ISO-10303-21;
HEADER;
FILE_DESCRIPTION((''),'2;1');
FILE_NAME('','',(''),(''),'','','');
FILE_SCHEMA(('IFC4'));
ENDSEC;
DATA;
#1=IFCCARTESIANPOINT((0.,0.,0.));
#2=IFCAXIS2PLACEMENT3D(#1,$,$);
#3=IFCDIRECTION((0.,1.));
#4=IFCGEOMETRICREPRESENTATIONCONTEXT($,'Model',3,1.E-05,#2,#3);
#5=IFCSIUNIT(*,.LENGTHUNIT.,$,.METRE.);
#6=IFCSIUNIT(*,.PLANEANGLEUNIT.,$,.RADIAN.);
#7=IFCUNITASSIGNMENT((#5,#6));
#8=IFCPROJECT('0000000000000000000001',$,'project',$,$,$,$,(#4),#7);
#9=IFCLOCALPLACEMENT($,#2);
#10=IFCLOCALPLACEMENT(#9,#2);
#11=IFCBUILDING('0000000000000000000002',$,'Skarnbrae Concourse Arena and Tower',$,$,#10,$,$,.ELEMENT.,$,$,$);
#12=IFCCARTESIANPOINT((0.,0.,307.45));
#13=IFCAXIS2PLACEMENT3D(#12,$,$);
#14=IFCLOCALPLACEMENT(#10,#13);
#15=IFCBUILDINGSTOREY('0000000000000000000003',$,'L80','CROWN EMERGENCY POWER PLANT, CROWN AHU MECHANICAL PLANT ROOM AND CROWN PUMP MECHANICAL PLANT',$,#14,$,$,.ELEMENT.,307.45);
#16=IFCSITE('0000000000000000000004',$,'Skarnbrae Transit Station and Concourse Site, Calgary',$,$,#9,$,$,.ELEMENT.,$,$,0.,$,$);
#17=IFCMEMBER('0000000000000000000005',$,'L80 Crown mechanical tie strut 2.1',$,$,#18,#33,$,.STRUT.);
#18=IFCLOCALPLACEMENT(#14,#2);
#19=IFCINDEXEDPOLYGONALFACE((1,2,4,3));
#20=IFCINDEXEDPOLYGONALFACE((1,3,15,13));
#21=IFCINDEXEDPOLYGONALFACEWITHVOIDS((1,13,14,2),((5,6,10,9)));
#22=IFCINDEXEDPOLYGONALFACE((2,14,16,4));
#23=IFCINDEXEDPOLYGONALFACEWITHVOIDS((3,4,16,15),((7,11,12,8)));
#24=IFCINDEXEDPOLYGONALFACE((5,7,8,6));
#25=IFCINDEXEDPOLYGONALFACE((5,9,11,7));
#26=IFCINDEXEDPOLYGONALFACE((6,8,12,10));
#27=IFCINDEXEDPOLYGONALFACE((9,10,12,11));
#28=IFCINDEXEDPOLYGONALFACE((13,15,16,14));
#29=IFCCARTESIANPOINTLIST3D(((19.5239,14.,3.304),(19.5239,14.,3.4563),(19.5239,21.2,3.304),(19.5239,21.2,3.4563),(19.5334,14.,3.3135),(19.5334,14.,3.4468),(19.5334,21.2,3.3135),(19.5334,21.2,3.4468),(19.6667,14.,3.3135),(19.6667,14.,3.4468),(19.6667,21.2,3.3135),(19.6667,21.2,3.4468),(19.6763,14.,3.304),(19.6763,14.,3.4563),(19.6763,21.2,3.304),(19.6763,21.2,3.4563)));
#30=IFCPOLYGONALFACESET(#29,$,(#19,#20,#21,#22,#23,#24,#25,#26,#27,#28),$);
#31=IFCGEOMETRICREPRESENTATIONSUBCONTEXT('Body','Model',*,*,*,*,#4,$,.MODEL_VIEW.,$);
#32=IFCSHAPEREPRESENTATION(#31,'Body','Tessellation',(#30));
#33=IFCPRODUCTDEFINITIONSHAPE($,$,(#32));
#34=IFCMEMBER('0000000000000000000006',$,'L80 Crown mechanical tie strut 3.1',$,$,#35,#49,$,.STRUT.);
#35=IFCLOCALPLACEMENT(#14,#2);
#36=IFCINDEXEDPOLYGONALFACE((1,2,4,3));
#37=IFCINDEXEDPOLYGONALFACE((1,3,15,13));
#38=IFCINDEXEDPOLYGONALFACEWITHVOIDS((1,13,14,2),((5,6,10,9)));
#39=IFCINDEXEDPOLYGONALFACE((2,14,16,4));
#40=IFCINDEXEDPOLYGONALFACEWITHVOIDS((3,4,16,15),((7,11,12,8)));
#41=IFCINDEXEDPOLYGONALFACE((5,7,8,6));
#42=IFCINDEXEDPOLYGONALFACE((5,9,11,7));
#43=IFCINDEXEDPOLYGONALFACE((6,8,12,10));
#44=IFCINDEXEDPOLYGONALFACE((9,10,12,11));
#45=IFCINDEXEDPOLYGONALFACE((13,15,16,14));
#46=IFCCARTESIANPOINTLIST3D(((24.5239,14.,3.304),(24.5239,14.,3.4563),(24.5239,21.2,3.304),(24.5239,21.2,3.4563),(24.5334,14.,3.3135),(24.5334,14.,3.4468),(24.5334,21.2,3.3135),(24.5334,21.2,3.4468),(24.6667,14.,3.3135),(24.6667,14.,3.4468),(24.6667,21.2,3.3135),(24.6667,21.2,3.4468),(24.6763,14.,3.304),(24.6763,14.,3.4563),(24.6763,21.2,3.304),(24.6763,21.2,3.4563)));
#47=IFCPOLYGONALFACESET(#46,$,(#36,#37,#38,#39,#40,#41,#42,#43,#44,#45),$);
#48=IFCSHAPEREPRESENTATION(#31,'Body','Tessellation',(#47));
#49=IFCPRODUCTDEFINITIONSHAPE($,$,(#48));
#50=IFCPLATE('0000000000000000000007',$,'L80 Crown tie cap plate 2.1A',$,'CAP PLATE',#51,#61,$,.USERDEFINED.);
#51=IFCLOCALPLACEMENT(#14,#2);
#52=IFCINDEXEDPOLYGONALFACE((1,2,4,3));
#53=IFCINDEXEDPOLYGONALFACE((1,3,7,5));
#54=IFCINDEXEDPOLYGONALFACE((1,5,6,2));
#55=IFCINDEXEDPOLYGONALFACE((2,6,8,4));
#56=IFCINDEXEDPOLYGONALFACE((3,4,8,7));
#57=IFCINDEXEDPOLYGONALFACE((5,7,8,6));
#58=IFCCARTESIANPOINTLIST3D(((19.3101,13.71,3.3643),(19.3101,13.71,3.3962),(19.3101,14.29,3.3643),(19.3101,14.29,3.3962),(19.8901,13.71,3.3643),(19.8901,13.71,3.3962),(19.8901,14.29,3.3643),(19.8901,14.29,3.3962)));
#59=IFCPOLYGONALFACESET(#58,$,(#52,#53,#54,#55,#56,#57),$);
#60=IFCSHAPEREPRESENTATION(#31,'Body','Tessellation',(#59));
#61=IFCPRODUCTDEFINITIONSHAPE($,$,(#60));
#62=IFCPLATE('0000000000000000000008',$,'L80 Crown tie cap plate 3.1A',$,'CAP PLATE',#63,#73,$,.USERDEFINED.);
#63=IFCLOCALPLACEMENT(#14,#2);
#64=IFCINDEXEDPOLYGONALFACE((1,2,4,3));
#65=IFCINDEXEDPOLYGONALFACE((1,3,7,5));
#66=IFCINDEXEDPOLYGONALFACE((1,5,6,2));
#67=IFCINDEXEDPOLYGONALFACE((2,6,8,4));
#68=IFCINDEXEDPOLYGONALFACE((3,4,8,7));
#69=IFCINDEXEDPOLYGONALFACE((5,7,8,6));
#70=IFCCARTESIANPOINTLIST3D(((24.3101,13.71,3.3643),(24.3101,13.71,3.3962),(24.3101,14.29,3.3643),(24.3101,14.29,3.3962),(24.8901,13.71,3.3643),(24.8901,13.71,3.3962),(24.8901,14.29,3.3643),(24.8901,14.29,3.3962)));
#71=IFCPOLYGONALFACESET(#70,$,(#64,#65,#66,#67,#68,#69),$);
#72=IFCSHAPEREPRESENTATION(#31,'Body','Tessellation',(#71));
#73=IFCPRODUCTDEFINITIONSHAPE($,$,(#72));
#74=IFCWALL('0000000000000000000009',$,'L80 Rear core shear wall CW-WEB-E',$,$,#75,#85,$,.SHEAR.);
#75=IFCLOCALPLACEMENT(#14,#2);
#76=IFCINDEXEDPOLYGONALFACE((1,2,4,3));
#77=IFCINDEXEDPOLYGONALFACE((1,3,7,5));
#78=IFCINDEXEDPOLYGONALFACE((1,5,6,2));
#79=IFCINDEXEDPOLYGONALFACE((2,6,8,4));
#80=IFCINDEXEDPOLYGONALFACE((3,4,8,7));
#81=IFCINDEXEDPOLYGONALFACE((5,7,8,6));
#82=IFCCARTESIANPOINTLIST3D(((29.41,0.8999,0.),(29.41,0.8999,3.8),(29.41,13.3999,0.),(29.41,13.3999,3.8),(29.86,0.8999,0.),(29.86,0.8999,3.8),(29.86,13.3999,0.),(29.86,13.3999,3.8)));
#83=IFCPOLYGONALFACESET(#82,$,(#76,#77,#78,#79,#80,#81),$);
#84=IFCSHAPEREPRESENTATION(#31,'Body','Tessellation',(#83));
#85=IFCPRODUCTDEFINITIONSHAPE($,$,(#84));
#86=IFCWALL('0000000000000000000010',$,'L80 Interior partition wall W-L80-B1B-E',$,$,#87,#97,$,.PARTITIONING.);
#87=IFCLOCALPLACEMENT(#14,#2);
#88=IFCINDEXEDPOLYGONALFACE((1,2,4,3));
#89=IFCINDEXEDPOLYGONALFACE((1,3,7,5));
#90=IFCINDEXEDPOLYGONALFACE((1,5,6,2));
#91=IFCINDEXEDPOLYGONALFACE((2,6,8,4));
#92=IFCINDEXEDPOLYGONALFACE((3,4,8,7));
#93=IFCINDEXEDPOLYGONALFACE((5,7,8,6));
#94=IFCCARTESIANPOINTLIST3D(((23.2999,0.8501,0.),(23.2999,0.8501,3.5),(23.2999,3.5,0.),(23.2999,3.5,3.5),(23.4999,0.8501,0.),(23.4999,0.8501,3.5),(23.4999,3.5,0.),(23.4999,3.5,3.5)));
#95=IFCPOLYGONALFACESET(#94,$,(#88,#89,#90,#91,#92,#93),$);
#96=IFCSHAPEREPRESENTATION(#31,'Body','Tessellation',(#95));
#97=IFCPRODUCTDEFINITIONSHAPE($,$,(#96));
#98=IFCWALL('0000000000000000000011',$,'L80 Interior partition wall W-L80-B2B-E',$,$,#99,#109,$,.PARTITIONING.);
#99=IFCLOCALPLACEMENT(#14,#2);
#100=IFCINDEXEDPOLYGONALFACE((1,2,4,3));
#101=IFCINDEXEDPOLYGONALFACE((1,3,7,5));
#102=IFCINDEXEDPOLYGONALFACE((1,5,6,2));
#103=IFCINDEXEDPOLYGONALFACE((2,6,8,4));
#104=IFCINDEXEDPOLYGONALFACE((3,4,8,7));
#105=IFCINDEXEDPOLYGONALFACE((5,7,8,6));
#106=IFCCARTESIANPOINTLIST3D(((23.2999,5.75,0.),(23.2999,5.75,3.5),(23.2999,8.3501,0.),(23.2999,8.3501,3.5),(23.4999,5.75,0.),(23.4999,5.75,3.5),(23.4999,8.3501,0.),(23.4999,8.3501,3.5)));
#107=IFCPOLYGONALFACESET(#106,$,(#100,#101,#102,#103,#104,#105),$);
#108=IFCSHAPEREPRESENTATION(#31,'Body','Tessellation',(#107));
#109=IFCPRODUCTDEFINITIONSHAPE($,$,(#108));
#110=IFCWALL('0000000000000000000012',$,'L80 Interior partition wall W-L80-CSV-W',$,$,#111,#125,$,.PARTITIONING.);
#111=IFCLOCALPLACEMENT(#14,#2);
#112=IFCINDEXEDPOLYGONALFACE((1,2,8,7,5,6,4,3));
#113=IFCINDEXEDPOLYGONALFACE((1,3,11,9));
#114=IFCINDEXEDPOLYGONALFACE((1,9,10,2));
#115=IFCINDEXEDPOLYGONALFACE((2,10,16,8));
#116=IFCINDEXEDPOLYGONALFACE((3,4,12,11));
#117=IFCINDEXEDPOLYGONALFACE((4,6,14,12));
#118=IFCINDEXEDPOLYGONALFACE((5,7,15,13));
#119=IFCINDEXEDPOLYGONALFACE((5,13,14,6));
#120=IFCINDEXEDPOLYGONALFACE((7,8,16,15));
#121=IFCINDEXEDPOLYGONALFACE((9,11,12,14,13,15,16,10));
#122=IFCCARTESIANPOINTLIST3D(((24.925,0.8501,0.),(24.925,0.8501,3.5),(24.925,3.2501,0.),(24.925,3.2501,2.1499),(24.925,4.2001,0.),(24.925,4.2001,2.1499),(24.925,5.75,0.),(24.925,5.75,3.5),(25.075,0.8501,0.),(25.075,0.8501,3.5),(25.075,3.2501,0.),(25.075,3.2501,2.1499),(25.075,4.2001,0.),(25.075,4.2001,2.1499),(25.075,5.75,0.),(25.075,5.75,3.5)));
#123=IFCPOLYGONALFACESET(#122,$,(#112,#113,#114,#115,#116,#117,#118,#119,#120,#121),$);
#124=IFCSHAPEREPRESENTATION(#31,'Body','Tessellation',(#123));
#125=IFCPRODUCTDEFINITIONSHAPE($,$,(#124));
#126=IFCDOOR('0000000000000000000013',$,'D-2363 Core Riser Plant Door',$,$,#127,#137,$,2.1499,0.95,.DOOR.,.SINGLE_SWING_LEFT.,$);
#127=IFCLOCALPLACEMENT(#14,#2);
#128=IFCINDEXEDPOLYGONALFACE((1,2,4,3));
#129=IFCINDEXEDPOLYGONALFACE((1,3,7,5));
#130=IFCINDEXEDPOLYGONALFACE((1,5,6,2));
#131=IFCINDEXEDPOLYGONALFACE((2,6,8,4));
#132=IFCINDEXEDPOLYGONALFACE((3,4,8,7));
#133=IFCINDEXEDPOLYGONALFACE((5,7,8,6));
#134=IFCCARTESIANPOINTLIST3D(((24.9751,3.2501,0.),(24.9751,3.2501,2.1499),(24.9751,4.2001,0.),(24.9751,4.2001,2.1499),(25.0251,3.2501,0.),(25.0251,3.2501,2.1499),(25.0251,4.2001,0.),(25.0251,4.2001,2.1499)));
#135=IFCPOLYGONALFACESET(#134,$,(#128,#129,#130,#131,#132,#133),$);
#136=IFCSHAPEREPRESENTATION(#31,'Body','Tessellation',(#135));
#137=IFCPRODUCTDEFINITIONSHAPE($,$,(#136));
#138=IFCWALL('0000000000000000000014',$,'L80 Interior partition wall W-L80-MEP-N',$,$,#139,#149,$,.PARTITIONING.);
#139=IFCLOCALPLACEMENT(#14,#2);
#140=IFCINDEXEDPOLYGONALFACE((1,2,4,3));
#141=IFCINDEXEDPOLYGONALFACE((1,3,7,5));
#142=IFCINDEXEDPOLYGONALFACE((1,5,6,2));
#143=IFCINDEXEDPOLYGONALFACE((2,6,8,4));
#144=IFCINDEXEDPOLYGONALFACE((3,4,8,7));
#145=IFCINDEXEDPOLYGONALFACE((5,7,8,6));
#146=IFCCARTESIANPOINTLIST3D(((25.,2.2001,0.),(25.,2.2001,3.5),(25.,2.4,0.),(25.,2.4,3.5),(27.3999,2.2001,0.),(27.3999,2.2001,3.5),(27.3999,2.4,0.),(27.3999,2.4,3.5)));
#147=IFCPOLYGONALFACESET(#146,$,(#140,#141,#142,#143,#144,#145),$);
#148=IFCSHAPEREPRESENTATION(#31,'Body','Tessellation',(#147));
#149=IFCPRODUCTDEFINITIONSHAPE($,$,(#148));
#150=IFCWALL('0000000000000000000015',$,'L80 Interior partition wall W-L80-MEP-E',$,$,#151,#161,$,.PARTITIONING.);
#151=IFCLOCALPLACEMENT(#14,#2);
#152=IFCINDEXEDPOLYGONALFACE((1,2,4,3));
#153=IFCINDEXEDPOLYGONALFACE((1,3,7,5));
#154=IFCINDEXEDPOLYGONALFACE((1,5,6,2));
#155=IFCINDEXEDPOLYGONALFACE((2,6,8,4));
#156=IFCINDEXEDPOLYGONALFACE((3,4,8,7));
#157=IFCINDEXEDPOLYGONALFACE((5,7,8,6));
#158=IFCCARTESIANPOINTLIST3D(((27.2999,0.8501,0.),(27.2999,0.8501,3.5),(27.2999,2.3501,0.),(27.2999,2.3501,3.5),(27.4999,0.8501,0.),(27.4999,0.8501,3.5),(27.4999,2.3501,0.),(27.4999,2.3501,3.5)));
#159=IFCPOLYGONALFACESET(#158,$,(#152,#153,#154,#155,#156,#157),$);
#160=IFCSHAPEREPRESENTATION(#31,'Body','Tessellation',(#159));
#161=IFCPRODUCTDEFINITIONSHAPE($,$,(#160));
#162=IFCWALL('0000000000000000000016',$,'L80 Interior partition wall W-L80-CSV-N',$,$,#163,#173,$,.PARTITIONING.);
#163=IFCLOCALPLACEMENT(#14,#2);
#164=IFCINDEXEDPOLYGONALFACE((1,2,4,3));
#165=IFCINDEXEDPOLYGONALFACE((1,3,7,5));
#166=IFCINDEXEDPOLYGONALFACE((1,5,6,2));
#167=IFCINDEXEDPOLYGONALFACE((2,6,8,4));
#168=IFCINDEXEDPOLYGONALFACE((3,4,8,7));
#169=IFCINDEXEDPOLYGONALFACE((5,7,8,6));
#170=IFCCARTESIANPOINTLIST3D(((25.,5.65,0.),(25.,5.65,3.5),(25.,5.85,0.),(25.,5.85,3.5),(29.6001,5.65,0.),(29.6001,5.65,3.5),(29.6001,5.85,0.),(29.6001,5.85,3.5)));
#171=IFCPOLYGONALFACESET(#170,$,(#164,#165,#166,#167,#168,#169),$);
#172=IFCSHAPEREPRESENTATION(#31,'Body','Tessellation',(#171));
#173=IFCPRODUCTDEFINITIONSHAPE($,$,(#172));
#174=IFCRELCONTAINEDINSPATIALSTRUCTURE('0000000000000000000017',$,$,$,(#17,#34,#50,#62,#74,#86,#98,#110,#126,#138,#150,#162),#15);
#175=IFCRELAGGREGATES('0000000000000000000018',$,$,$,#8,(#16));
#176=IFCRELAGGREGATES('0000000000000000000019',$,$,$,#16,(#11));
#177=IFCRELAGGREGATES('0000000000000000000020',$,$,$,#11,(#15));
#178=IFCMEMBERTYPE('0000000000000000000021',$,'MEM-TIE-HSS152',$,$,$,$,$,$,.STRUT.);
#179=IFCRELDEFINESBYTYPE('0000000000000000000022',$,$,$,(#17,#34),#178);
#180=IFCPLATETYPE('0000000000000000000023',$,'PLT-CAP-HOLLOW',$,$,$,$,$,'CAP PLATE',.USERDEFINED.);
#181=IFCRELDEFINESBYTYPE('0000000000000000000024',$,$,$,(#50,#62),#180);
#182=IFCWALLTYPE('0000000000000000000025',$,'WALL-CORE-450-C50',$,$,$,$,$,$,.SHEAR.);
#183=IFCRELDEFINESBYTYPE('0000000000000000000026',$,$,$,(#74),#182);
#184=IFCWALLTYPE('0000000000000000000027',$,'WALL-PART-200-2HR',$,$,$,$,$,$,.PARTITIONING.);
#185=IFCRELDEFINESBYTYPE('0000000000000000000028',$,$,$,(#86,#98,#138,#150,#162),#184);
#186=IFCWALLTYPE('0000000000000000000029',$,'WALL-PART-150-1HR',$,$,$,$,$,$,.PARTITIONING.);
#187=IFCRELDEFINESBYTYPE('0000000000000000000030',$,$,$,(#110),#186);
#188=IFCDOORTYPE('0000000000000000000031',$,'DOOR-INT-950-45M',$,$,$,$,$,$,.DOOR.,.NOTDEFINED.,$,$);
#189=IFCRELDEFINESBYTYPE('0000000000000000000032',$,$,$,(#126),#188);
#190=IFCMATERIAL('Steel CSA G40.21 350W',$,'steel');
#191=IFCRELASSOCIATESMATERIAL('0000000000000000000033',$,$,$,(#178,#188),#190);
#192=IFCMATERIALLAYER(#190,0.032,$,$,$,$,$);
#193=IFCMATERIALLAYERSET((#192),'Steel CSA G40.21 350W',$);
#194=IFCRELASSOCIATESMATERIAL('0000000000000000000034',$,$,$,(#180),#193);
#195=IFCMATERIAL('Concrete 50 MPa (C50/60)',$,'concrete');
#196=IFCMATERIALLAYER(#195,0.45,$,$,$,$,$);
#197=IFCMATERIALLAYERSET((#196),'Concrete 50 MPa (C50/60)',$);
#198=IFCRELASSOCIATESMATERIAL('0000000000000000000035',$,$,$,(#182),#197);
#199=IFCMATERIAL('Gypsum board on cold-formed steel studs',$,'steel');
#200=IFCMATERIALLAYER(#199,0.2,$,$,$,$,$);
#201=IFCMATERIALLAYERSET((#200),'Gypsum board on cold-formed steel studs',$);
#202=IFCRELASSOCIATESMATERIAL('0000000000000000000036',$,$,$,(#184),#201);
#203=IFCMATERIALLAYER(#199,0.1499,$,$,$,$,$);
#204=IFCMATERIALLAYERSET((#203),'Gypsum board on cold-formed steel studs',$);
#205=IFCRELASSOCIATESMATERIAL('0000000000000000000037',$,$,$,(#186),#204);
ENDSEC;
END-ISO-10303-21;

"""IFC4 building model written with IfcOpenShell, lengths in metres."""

from ifc_helpers import new_model, si_unit, direction, frame, frame_2d, origin, origin_2d, place, context, subcontext, project, spatial, rectangle, hollow_rectangle, extrude, source, transform, mapped, material, layer, layer_set, material_profile, profile_set, type_object, element, fill, save


model = new_model("IFC4")

# Units and contexts
model_context = context("Model", 3, precision=1e-05, world=origin(), true_north=direction((0.0, 1.0)))
body_context = subcontext(model_context, "Body", "Model", "MODEL_VIEW")
ifc_project = project(units=[si_unit("LENGTHUNIT", "METRE"), si_unit("PLANEANGLEUNIT", "RADIAN")], contexts=[model_context])

# Site, building, storey
site_placement = place(None, origin())
site = spatial("IfcSite", under=ifc_project, at=site_placement, Name="Skarnbrae Transit Station and Concourse Site, Calgary", CompositionType="ELEMENT", RefElevation=0.0)
building_placement = place(site_placement, origin())
building = spatial("IfcBuilding", under=site, at=building_placement, Name="Skarnbrae Concourse Arena and Tower", CompositionType="ELEMENT")
storey_placement = place(building_placement, frame((0.0, 0.0, 307.45)))
storey = spatial("IfcBuildingStorey", under=building, at=storey_placement, Name="L80", Description="CROWN EMERGENCY POWER PLANT, CROWN AHU MECHANICAL PLANT ROOM AND CROWN PUMP MECHANICAL PLANT", CompositionType="ELEMENT", Elevation=307.45)

# Shared definitions
ifc_material_1 = material(Name="Steel CSA G40.21 350W", Category="steel")

# Members
ifc_material_profile_1 = material_profile(ifc_material_1, hollow_rectangle(XDim=0.1523, YDim=0.1523, WallThickness=0.0095, at=origin_2d()), Name="HSS152X152X9.5")
ifc_profile_set_1 = profile_set([ifc_material_profile_1], Name="Steel CSA G40.21 350W")
member_type = type_object("IfcMemberType", Name="MEM-TIE-HSS152", PredefinedType="STRUT", material=ifc_profile_set_1)
shared_shape_1 = source(origin(), body_context, "Body", "SweptSolid", [
    extrude(hollow_rectangle(XDim=0.1523, YDim=0.1523, WallThickness=0.0095, at=origin_2d()), origin(), (0.0, 0.0, 1.0), 7.2),
])
for number, where, z_axis, x_axis, name in (
    (1, (19.6001, 14.0, 3.3801), (0.0, 1.0, 0.0), (-1.0, 0.0, 0.0), "L80 Crown mechanical tie strut 2.1"),
    (2, (24.6001, 14.0, 3.3801), (0.0, 1.0, 0.0), (-1.0, 0.0, 0.0), "L80 Crown mechanical tie strut 3.1"),
):
    element("IfcMember", number, at=place(storey_placement, frame(where, z_axis=z_axis, x_axis=x_axis)), inside=storey, type_object=member_type, Name=name, PredefinedType="STRUT", context=body_context, shape_type="MappedRepresentation", body=[
        mapped(shared_shape_1, transform((0.0, 0.0, 0.0))),
    ])

# Plates
ifc_layer_1 = layer(ifc_material_1, 0.032)
ifc_layer_set_1 = layer_set([ifc_layer_1], Name="Steel CSA G40.21 350W")
plate_type = type_object("IfcPlateType", Name="PLT-CAP-HOLLOW", ElementType="CAP PLATE", PredefinedType="USERDEFINED", material=ifc_layer_set_1)
shared_shape_2 = source(origin(), body_context, "Body", "SweptSolid", [
    extrude(rectangle(XDim=0.5801, YDim=0.5801, at=origin_2d()), origin(), (0.0, 0.0, 1.0), 0.032),
])
for number, where, z_axis, x_axis, name in (
    (3, (19.6001, 14.0, 3.3643), (0.0, 0.0, 1.0), (1.0, 0.0, 0.0), "L80 Crown tie cap plate 2.1A"),
    (4, (24.6001, 14.0, 3.3643), (0.0, 0.0, 1.0), (1.0, 0.0, 0.0), "L80 Crown tie cap plate 3.1A"),
):
    element("IfcPlate", number, at=place(storey_placement, frame(where, z_axis=z_axis, x_axis=x_axis)), inside=storey, type_object=plate_type, Name=name, ObjectType="CAP PLATE", PredefinedType="USERDEFINED", context=body_context, shape_type="MappedRepresentation", body=[
        mapped(shared_shape_2, transform((0.0, 0.0, 0.0))),
    ])

# Shared definitions
ifc_material_2 = material(Name="Concrete 50 MPa (C50/60)", Category="concrete")

# Wall
ifc_layer_2 = layer(ifc_material_2, 0.45)
ifc_layer_set_2 = layer_set([ifc_layer_2], Name="Concrete 50 MPa (C50/60)")
wall_type_1 = type_object("IfcWallType", Name="WALL-CORE-450-C50", PredefinedType="SHEAR", material=ifc_layer_set_2)
shared_shape_3 = source(origin(), body_context, "Body", "SweptSolid", [
    extrude(rectangle(XDim=12.5, YDim=0.45, at=frame_2d((6.25, 0.0))), origin(), (0.0, 0.0, 1.0), 3.8),
])
wall_1_placement = place(storey_placement, frame((29.635, 0.8999, 0.0), z_axis=(0.0, 0.0, 1.0), x_axis=(0.0, 1.0, 0.0)))
element("IfcWall", 5, at=wall_1_placement, inside=storey, type_object=wall_type_1, Name="L80 Rear core shear wall CW-WEB-E", PredefinedType="SHEAR", context=body_context, shape_type="MappedRepresentation", body=[
    mapped(shared_shape_3, transform((0.0, 0.0, 0.0))),
])

# Walls
ifc_material_3 = material(Name="Gypsum board on cold-formed steel studs", Category="steel")
ifc_layer_3 = layer(ifc_material_3, 0.2)
ifc_layer_set_3 = layer_set([ifc_layer_3], Name="Gypsum board on cold-formed steel studs")
wall_type_2 = type_object("IfcWallType", Name="WALL-PART-200-2HR", PredefinedType="PARTITIONING", material=ifc_layer_set_3)
shared_shape_4 = source(origin(), body_context, "Body", "SweptSolid", [
    extrude(rectangle(XDim=2.6499, YDim=0.2, at=frame_2d((1.325, 0.0))), origin(), (0.0, 0.0, 1.0), 3.5),
])
wall_2_placement = place(storey_placement, frame((23.3999, 0.8501, 0.0), z_axis=(0.0, 0.0, 1.0), x_axis=(0.0, 1.0, 0.0)))
element("IfcWall", 6, at=wall_2_placement, inside=storey, type_object=wall_type_2, Name="L80 Interior partition wall W-L80-B1B-E", PredefinedType="PARTITIONING", context=body_context, shape_type="MappedRepresentation", body=[
    mapped(shared_shape_4, transform((0.0, 0.0, 0.0))),
])
shared_shape_5 = source(origin(), body_context, "Body", "SweptSolid", [
    extrude(rectangle(XDim=2.6001, YDim=0.2, at=frame_2d((1.3, 0.0))), origin(), (0.0, 0.0, 1.0), 3.5),
])
wall_3_placement = place(storey_placement, frame((23.3999, 5.75, 0.0), z_axis=(0.0, 0.0, 1.0), x_axis=(0.0, 1.0, 0.0)))
element("IfcWall", 7, at=wall_3_placement, inside=storey, type_object=wall_type_2, Name="L80 Interior partition wall W-L80-B2B-E", PredefinedType="PARTITIONING", context=body_context, shape_type="MappedRepresentation", body=[
    mapped(shared_shape_5, transform((0.0, 0.0, 0.0))),
])

# Wall, opening, door
ifc_layer_4 = layer(ifc_material_3, 0.1499)
ifc_layer_set_4 = layer_set([ifc_layer_4], Name="Gypsum board on cold-formed steel studs")
wall_type_3 = type_object("IfcWallType", Name="WALL-PART-150-1HR", PredefinedType="PARTITIONING", material=ifc_layer_set_4)
shared_shape_6 = source(origin(), body_context, "Body", "SweptSolid", [
    extrude(rectangle(XDim=4.8999, YDim=0.1499, at=frame_2d((2.45, 0.0))), origin(), (0.0, 0.0, 1.0), 3.5),
])
wall_4_placement = place(storey_placement, frame((25.0, 0.8501, 0.0), z_axis=(0.0, 0.0, 1.0), x_axis=(0.0, 1.0, 0.0)))
wall_4 = element("IfcWall", 8, at=wall_4_placement, inside=storey, type_object=wall_type_3, Name="L80 Interior partition wall W-L80-CSV-W", PredefinedType="PARTITIONING", context=body_context, shape_type="MappedRepresentation", body=[
    mapped(shared_shape_6, transform((0.0, 0.0, 0.0))),
])
opening_1_placement = place(wall_4_placement, frame((2.3999, 0.0, 0.0)))
opening_1 = element("IfcOpeningElement", 9, at=opening_1_placement, cuts=wall_4, PredefinedType="OPENING", context=body_context, shape_type="SweptSolid", body=[
    extrude(rectangle(XDim=0.95, YDim=2.1499, at=frame_2d((0.4751, 1.075))), frame((0.0, 0.085, 0.0), z_axis=(0.0, -1.0, 0.0), x_axis=(1.0, 0.0, 0.0)), (0.0, 0.0, 1.0), 0.1699),
])
door_type_1 = type_object("IfcDoorType", Name="DOOR-INT-950-45M", OperationType="NOTDEFINED", PredefinedType="DOOR", material=ifc_material_1)
shared_shape_7 = source(origin(), body_context, "Body", "SweptSolid", [
    extrude(rectangle(XDim=0.95, YDim=2.1499, at=frame_2d((0.4751, 1.075))), frame((0.0, 0.0249, 0.0), z_axis=(0.0, -1.0, 0.0), x_axis=(1.0, 0.0, 0.0)), (0.0, 0.0, 1.0), 0.05),
])
door_1_placement = place(opening_1_placement, origin())
door_1 = element("IfcDoor", 10, at=door_1_placement, inside=storey, type_object=door_type_1, Name="D-2363 Core Riser Plant Door", OperationType="SINGLE_SWING_LEFT", OverallHeight=2.1499, OverallWidth=0.95, PredefinedType="DOOR", context=body_context, shape_type="MappedRepresentation", body=[
    mapped(shared_shape_7, transform((0.0, 0.0, 0.0))),
])
fill(opening_1, door_1)

# Walls
shared_shape_8 = source(origin(), body_context, "Body", "SweptSolid", [
    extrude(rectangle(XDim=2.3999, YDim=0.2, at=frame_2d((1.2, 0.0))), origin(), (0.0, 0.0, 1.0), 3.5),
])
wall_5_placement = place(storey_placement, frame((25.0, 2.3, 0.0), z_axis=(0.0, 0.0, 1.0), x_axis=(1.0, 0.0, 0.0)))
element("IfcWall", 11, at=wall_5_placement, inside=storey, type_object=wall_type_2, Name="L80 Interior partition wall W-L80-MEP-N", PredefinedType="PARTITIONING", context=body_context, shape_type="MappedRepresentation", body=[
    mapped(shared_shape_8, transform((0.0, 0.0, 0.0))),
])
shared_shape_9 = source(origin(), body_context, "Body", "SweptSolid", [
    extrude(rectangle(XDim=1.5, YDim=0.2, at=frame_2d((0.75, 0.0))), origin(), (0.0, 0.0, 1.0), 3.5),
])
wall_6_placement = place(storey_placement, frame((27.3999, 0.8501, 0.0), z_axis=(0.0, 0.0, 1.0), x_axis=(0.0, 1.0, 0.0)))
element("IfcWall", 12, at=wall_6_placement, inside=storey, type_object=wall_type_2, Name="L80 Interior partition wall W-L80-MEP-E", PredefinedType="PARTITIONING", context=body_context, shape_type="MappedRepresentation", body=[
    mapped(shared_shape_9, transform((0.0, 0.0, 0.0))),
])
shared_shape_10 = source(origin(), body_context, "Body", "SweptSolid", [
    extrude(rectangle(XDim=4.6001, YDim=0.2, at=frame_2d((2.3, 0.0))), origin(), (0.0, 0.0, 1.0), 3.5),
])
wall_7_placement = place(storey_placement, frame((25.0, 5.75, 0.0), z_axis=(0.0, 0.0, 1.0), x_axis=(1.0, 0.0, 0.0)))
element("IfcWall", 13, at=wall_7_placement, inside=storey, type_object=wall_type_2, Name="L80 Interior partition wall W-L80-CSV-N", PredefinedType="PARTITIONING", context=body_context, shape_type="MappedRepresentation", body=[
    mapped(shared_shape_10, transform((0.0, 0.0, 0.0))),
])

save(model, "model.ifc")
